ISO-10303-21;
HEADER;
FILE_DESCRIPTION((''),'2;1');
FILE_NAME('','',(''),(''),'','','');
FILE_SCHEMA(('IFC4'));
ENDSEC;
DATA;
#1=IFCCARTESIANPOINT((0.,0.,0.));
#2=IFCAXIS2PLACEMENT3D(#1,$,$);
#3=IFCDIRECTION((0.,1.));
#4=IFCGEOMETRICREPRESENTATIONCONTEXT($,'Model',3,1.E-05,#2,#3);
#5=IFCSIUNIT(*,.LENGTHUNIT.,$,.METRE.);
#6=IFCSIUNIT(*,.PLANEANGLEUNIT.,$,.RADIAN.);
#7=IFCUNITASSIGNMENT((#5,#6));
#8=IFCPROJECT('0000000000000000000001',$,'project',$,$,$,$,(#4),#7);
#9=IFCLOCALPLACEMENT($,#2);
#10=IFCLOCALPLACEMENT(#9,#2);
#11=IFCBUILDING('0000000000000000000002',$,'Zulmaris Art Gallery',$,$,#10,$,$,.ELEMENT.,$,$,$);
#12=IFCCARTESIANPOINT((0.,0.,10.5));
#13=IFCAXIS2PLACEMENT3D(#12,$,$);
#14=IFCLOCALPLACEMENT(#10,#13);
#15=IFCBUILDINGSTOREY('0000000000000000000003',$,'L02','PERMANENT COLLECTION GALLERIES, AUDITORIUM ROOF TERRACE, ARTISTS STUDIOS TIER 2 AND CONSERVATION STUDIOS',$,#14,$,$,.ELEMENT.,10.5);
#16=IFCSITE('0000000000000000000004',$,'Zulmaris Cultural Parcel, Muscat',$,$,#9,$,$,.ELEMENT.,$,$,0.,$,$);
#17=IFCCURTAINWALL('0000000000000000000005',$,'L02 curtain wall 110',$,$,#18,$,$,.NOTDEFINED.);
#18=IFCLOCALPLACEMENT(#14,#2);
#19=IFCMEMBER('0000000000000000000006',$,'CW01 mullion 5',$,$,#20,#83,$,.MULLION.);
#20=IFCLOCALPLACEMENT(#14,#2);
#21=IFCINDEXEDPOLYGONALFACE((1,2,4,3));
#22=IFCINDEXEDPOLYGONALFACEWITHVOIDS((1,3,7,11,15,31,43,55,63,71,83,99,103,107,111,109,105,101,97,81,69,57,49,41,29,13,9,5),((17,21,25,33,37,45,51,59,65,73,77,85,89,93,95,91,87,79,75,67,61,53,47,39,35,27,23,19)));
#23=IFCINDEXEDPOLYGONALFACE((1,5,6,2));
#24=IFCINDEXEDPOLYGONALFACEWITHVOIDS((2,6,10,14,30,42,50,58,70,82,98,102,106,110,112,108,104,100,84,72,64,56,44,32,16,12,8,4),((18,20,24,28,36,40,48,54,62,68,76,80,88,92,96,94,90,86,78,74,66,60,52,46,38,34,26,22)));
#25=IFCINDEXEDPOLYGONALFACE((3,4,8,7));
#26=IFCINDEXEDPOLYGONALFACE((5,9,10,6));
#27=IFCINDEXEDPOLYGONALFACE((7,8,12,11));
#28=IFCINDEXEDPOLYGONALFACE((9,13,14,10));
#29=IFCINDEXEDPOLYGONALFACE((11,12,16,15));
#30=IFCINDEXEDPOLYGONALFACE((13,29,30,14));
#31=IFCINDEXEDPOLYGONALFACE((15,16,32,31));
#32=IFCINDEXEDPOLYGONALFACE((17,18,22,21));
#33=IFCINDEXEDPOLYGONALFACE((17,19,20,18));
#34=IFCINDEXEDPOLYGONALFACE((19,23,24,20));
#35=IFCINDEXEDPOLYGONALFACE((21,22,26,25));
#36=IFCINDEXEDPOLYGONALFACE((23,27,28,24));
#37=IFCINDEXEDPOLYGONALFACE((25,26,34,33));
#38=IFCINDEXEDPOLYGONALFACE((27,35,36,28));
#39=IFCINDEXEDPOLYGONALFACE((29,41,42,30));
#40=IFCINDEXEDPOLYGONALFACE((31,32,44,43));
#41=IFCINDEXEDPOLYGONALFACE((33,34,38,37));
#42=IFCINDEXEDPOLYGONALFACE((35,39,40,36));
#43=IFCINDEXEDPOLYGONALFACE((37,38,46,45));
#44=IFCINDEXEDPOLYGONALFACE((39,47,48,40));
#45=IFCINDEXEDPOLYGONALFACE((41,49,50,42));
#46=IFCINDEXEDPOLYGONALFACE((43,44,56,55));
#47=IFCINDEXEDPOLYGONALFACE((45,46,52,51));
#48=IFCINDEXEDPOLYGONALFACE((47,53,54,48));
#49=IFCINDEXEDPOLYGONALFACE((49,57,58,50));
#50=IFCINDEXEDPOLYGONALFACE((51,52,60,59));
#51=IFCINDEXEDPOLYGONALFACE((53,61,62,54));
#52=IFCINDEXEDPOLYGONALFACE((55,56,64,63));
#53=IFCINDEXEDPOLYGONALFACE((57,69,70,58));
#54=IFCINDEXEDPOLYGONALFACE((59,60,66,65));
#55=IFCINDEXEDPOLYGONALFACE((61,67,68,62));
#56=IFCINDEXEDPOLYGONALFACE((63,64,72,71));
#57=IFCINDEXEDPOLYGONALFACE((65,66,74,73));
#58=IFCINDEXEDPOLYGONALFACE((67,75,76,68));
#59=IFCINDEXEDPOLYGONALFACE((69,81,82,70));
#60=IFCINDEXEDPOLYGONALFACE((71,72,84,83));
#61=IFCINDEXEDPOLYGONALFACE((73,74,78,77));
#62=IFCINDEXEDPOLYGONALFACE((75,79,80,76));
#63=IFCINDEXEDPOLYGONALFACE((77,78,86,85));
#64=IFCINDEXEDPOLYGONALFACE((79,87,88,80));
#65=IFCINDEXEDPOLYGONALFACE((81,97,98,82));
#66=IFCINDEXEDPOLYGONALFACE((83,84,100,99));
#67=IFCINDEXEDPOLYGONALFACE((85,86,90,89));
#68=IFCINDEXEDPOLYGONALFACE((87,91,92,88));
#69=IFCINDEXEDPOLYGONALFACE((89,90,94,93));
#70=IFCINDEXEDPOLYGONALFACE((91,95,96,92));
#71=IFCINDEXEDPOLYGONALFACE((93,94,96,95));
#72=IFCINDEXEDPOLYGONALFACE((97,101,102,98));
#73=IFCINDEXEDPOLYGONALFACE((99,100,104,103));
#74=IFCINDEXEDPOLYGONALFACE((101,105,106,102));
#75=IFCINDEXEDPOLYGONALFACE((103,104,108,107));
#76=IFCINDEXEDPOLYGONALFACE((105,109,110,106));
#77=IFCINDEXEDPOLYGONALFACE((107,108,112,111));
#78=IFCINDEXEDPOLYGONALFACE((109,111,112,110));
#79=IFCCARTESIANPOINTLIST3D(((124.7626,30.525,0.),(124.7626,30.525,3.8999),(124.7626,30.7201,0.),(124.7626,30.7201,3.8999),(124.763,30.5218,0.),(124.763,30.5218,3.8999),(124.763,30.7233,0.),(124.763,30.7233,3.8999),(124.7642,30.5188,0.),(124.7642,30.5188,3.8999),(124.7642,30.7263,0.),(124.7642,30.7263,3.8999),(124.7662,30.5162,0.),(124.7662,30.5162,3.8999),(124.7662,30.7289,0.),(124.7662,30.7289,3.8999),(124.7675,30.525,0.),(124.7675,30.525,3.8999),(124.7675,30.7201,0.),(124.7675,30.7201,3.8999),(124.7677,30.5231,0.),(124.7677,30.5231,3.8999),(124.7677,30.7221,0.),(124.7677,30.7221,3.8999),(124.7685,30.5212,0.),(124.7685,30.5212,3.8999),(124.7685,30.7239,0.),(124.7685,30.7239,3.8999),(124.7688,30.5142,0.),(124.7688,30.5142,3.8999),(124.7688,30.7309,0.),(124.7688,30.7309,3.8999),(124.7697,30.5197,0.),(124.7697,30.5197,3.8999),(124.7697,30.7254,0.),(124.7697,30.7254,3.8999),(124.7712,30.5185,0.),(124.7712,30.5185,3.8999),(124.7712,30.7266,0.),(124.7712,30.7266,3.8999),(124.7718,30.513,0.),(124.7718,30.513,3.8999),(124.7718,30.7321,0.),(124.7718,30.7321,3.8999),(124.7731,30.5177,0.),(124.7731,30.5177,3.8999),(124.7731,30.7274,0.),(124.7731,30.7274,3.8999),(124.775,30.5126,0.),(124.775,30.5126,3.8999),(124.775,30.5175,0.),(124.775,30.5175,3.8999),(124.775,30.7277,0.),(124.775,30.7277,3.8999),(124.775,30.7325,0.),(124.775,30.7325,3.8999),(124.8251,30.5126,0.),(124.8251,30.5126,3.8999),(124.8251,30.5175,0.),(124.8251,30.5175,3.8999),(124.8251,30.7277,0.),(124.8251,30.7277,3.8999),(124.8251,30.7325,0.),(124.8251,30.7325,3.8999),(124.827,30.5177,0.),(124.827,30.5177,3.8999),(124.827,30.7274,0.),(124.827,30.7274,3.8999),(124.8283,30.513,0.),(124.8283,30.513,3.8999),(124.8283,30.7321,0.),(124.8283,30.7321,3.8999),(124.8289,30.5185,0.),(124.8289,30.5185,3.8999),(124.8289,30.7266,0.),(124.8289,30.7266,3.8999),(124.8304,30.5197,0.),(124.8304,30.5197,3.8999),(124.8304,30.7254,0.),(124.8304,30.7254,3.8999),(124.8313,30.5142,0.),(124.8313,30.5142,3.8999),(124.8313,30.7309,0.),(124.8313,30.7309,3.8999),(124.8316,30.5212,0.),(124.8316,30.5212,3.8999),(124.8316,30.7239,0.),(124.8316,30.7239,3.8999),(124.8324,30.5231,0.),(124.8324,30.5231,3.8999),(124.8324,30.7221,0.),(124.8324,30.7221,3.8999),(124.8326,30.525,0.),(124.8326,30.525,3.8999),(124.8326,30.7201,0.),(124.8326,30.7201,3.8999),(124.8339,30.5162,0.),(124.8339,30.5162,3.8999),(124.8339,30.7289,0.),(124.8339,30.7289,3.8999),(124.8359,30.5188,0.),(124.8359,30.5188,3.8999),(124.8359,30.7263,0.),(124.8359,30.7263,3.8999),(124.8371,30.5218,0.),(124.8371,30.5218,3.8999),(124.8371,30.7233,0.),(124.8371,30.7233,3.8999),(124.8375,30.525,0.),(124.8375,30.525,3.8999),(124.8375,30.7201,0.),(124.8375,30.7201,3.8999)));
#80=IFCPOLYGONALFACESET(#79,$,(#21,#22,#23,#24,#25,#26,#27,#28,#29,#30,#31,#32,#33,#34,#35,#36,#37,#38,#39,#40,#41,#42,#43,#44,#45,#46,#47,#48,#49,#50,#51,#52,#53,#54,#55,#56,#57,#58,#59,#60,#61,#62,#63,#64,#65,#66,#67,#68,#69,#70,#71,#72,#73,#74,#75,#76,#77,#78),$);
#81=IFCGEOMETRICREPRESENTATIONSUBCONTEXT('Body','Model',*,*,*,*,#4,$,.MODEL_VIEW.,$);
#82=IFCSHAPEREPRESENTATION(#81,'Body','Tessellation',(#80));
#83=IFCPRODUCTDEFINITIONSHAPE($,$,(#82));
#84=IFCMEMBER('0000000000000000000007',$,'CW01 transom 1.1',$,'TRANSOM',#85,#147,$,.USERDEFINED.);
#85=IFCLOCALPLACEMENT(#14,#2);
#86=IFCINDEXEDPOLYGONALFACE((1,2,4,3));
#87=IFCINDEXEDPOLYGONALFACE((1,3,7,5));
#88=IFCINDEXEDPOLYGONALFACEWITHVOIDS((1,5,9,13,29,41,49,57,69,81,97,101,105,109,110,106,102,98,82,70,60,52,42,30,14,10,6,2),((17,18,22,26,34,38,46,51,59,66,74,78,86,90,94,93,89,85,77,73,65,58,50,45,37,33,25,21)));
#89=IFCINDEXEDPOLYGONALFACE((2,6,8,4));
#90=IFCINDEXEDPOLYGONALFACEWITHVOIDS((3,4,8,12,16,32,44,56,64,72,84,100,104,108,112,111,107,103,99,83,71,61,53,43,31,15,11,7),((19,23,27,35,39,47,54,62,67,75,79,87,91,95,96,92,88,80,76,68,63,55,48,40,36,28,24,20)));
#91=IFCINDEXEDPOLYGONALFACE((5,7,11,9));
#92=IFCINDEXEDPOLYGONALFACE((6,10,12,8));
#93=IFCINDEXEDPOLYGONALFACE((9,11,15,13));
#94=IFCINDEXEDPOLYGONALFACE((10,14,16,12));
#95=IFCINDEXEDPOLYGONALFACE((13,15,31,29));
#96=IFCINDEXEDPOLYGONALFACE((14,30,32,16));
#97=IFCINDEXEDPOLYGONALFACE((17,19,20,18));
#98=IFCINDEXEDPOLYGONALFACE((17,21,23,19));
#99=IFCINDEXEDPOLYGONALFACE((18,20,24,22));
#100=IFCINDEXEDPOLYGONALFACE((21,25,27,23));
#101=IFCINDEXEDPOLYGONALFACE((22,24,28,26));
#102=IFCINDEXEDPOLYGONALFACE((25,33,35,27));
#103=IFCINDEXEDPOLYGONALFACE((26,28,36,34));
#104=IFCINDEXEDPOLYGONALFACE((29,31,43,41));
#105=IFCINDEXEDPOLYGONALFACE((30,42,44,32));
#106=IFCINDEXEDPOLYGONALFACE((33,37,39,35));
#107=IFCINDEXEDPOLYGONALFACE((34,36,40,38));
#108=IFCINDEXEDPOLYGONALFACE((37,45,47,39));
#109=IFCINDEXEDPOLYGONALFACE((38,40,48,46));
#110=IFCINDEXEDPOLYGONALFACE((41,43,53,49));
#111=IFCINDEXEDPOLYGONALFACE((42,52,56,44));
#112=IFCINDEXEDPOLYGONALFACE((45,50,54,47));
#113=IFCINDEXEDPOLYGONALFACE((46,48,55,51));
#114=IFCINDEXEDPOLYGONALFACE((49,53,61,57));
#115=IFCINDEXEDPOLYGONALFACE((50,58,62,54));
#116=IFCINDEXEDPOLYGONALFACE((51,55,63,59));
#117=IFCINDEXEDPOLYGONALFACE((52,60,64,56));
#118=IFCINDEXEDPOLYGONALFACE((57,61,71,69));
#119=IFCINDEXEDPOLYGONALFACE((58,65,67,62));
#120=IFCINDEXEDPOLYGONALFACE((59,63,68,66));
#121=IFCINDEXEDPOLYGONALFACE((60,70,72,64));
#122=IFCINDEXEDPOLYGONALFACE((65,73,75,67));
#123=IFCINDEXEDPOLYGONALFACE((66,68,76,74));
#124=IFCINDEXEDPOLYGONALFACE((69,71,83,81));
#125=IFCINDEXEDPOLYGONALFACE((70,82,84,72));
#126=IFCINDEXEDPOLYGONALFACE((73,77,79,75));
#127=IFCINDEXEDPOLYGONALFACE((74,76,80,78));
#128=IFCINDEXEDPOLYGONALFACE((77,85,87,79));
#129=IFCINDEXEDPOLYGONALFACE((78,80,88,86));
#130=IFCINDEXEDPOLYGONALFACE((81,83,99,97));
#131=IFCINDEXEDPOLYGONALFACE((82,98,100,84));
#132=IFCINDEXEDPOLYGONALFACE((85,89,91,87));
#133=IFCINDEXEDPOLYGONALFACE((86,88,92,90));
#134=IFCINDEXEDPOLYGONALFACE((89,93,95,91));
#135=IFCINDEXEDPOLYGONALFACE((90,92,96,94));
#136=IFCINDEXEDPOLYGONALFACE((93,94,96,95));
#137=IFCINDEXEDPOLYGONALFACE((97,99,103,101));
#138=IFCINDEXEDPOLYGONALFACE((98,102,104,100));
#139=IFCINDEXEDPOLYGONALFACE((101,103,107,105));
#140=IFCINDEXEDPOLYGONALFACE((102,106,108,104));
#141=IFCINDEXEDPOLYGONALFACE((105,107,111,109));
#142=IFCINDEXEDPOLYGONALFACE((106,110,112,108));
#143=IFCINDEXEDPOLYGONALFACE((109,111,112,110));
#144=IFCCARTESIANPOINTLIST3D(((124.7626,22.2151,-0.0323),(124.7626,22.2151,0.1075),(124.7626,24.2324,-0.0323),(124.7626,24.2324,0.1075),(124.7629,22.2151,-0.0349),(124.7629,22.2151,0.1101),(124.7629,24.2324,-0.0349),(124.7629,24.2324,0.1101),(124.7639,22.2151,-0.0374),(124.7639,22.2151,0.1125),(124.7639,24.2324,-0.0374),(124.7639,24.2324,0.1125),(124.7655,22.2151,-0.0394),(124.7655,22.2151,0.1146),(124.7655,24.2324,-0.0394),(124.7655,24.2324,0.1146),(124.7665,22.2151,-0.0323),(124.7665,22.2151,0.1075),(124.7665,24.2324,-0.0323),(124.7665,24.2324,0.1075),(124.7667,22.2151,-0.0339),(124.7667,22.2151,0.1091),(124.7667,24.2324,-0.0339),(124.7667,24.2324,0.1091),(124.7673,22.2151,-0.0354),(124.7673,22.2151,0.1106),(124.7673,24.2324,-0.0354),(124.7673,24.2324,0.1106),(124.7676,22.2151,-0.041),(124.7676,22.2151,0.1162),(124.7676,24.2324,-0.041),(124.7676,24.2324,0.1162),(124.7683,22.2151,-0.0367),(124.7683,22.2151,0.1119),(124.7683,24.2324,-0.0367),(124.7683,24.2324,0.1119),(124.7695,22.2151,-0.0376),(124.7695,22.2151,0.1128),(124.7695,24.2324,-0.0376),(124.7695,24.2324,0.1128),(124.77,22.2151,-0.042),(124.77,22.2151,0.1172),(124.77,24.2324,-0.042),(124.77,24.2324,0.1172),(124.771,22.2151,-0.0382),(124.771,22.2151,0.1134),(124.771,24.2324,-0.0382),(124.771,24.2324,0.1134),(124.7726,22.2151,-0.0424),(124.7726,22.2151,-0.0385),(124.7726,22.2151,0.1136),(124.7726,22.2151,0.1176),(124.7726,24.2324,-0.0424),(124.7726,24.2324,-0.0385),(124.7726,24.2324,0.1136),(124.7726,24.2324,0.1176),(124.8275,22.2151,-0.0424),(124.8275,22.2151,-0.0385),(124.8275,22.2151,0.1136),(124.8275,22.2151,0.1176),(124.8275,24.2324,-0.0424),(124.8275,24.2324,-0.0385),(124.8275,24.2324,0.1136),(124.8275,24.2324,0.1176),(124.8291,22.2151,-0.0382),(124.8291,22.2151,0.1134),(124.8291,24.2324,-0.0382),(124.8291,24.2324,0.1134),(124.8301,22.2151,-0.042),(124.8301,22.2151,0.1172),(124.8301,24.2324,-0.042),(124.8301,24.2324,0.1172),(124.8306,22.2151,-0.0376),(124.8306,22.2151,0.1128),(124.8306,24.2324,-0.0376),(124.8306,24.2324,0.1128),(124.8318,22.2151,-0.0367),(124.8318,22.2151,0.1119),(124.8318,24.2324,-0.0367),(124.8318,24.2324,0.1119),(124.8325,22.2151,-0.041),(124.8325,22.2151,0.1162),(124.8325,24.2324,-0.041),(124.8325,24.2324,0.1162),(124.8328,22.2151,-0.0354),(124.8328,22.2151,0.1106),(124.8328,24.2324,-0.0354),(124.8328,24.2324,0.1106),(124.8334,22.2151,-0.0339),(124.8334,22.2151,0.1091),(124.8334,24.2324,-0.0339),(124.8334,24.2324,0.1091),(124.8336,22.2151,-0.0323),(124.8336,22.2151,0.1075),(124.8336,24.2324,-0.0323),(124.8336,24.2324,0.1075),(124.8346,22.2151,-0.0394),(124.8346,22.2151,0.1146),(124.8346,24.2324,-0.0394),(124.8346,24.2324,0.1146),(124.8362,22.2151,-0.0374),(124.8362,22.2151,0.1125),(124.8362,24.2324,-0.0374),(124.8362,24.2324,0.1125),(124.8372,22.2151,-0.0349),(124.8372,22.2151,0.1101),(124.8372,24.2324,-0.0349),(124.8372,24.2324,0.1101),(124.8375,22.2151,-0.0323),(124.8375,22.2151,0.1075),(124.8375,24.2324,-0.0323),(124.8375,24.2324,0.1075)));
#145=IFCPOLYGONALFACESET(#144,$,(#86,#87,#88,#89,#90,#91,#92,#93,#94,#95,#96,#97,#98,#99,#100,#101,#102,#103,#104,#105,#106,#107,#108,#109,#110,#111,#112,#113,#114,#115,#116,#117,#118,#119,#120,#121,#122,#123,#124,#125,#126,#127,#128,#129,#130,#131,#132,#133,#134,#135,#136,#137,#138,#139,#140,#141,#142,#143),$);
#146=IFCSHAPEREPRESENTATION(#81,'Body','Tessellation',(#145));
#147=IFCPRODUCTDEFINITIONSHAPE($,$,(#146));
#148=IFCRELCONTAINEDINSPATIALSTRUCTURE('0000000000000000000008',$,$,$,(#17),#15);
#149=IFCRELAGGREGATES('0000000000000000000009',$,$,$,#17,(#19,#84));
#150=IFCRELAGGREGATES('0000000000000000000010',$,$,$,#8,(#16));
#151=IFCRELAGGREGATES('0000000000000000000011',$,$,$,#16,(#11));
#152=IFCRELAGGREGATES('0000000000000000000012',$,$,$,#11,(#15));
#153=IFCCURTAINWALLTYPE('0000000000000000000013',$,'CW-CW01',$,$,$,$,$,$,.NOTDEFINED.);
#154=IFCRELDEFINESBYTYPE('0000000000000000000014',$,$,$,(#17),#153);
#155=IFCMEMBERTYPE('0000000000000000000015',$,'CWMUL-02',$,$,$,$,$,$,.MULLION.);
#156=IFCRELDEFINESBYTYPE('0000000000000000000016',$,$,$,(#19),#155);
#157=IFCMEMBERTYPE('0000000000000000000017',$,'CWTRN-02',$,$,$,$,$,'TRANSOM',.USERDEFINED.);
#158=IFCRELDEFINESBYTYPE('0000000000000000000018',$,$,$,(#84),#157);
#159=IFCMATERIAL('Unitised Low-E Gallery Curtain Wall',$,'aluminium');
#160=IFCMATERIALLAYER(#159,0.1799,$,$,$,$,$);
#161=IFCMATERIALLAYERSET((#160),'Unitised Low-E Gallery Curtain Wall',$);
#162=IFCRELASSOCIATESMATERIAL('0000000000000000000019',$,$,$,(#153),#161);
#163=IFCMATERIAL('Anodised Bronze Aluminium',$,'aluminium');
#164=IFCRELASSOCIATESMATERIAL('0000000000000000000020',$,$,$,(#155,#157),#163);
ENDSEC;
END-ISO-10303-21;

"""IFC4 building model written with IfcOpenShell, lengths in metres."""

from ifc_helpers import new_model, si_unit, direction, frame, origin, origin_2d, place, context, subcontext, project, spatial, hollow_rectangle, extrude, material, layer, layer_set, material_profile, profile_set, type_object, element, aggregate, save


model = new_model("IFC4")

# Units and contexts
model_context = context("Model", 3, precision=1e-05, world=origin(), true_north=direction((0.0, 1.0)))
body_context = subcontext(model_context, "Body", "Model", "MODEL_VIEW")
ifc_project = project(units=[si_unit("LENGTHUNIT", "METRE"), si_unit("PLANEANGLEUNIT", "RADIAN")], contexts=[model_context])

# Site, building, storey
site_placement = place(None, origin())
site = spatial("IfcSite", under=ifc_project, at=site_placement, Name="Zulmaris Cultural Parcel, Muscat", CompositionType="ELEMENT", RefElevation=0.0)
building_placement = place(site_placement, origin())
building = spatial("IfcBuilding", under=site, at=building_placement, Name="Zulmaris Art Gallery", CompositionType="ELEMENT")
storey_placement = place(building_placement, frame((0.0, 0.0, 10.5)))
storey = spatial("IfcBuildingStorey", under=building, at=storey_placement, Name="L02", Description="PERMANENT COLLECTION GALLERIES, AUDITORIUM ROOF TERRACE, ARTISTS STUDIOS TIER 2 AND CONSERVATION STUDIOS", CompositionType="ELEMENT", Elevation=10.5)

# Curtain wall, members
ifc_material_1 = material(Name="Unitised Low-E Gallery Curtain Wall", Category="aluminium")
ifc_layer_1 = layer(ifc_material_1, 0.1799)
ifc_layer_set_1 = layer_set([ifc_layer_1], Name="Unitised Low-E Gallery Curtain Wall")
curtain_wall_type = type_object("IfcCurtainWallType", Name="CW-CW01", PredefinedType="NOTDEFINED", material=ifc_layer_set_1)
curtain_wall_placement = place(storey_placement, origin())
curtain_wall = element("IfcCurtainWall", 1, at=curtain_wall_placement, inside=storey, type_object=curtain_wall_type, Name="L02 curtain wall 110", PredefinedType="NOTDEFINED")
ifc_material_2 = material(Name="Anodised Bronze Aluminium", Category="aluminium")
ifc_material_profile_1 = material_profile(ifc_material_2, hollow_rectangle(XDim=0.075, YDim=0.22, WallThickness=0.0049, InnerFilletRadius=0.0076, OuterFilletRadius=0.0125, at=origin_2d()), Name="ALU 75x220x5")
ifc_profile_set_1 = profile_set([ifc_material_profile_1], Name="Anodised Bronze Aluminium")
member_type_1 = type_object("IfcMemberType", Name="CWMUL-02", PredefinedType="MULLION", material=ifc_profile_set_1)
member_1_placement = place(storey_placement, frame((124.8, 30.6226, 0.0), z_axis=(0.0, 0.0, 1.0), x_axis=(-1.0, 0.0, 0.0)))
member_1 = element("IfcMember", 2, at=member_1_placement, type_object=member_type_1, Name="CW01 mullion 5", PredefinedType="MULLION", context=body_context, shape_type="SweptSolid", body=[
    extrude(hollow_rectangle(XDim=0.075, YDim=0.22, WallThickness=0.0049, InnerFilletRadius=0.0076, OuterFilletRadius=0.0125, at=origin_2d()), origin(), (0.0, 0.0, 1.0), 3.8999),
])
ifc_material_profile_2 = material_profile(ifc_material_2, hollow_rectangle(XDim=0.075, YDim=0.1599, WallThickness=0.0039, InnerFilletRadius=0.0061, OuterFilletRadius=0.01, at=origin_2d()), Name="ALU 75x160x4")
ifc_profile_set_2 = profile_set([ifc_material_profile_2], Name="Anodised Bronze Aluminium")
member_type_2 = type_object("IfcMemberType", Name="CWTRN-02", ElementType="TRANSOM", PredefinedType="USERDEFINED", material=ifc_profile_set_2)
member_2_placement = place(storey_placement, frame((124.8, 22.2151, 0.0376), z_axis=(0.0, 1.0, 0.0), x_axis=(-1.0, 0.0, 0.0)))
member_2 = element("IfcMember", 3, at=member_2_placement, type_object=member_type_2, Name="CW01 transom 1.1", ObjectType="TRANSOM", PredefinedType="USERDEFINED", context=body_context, shape_type="SweptSolid", body=[
    extrude(hollow_rectangle(XDim=0.075, YDim=0.1599, WallThickness=0.0039, InnerFilletRadius=0.0061, OuterFilletRadius=0.01, at=origin_2d()), origin(), (0.0, 0.0, 1.0), 2.0173),
])
aggregate(curtain_wall, [member_1, member_2])

save(model, "model.ifc")
